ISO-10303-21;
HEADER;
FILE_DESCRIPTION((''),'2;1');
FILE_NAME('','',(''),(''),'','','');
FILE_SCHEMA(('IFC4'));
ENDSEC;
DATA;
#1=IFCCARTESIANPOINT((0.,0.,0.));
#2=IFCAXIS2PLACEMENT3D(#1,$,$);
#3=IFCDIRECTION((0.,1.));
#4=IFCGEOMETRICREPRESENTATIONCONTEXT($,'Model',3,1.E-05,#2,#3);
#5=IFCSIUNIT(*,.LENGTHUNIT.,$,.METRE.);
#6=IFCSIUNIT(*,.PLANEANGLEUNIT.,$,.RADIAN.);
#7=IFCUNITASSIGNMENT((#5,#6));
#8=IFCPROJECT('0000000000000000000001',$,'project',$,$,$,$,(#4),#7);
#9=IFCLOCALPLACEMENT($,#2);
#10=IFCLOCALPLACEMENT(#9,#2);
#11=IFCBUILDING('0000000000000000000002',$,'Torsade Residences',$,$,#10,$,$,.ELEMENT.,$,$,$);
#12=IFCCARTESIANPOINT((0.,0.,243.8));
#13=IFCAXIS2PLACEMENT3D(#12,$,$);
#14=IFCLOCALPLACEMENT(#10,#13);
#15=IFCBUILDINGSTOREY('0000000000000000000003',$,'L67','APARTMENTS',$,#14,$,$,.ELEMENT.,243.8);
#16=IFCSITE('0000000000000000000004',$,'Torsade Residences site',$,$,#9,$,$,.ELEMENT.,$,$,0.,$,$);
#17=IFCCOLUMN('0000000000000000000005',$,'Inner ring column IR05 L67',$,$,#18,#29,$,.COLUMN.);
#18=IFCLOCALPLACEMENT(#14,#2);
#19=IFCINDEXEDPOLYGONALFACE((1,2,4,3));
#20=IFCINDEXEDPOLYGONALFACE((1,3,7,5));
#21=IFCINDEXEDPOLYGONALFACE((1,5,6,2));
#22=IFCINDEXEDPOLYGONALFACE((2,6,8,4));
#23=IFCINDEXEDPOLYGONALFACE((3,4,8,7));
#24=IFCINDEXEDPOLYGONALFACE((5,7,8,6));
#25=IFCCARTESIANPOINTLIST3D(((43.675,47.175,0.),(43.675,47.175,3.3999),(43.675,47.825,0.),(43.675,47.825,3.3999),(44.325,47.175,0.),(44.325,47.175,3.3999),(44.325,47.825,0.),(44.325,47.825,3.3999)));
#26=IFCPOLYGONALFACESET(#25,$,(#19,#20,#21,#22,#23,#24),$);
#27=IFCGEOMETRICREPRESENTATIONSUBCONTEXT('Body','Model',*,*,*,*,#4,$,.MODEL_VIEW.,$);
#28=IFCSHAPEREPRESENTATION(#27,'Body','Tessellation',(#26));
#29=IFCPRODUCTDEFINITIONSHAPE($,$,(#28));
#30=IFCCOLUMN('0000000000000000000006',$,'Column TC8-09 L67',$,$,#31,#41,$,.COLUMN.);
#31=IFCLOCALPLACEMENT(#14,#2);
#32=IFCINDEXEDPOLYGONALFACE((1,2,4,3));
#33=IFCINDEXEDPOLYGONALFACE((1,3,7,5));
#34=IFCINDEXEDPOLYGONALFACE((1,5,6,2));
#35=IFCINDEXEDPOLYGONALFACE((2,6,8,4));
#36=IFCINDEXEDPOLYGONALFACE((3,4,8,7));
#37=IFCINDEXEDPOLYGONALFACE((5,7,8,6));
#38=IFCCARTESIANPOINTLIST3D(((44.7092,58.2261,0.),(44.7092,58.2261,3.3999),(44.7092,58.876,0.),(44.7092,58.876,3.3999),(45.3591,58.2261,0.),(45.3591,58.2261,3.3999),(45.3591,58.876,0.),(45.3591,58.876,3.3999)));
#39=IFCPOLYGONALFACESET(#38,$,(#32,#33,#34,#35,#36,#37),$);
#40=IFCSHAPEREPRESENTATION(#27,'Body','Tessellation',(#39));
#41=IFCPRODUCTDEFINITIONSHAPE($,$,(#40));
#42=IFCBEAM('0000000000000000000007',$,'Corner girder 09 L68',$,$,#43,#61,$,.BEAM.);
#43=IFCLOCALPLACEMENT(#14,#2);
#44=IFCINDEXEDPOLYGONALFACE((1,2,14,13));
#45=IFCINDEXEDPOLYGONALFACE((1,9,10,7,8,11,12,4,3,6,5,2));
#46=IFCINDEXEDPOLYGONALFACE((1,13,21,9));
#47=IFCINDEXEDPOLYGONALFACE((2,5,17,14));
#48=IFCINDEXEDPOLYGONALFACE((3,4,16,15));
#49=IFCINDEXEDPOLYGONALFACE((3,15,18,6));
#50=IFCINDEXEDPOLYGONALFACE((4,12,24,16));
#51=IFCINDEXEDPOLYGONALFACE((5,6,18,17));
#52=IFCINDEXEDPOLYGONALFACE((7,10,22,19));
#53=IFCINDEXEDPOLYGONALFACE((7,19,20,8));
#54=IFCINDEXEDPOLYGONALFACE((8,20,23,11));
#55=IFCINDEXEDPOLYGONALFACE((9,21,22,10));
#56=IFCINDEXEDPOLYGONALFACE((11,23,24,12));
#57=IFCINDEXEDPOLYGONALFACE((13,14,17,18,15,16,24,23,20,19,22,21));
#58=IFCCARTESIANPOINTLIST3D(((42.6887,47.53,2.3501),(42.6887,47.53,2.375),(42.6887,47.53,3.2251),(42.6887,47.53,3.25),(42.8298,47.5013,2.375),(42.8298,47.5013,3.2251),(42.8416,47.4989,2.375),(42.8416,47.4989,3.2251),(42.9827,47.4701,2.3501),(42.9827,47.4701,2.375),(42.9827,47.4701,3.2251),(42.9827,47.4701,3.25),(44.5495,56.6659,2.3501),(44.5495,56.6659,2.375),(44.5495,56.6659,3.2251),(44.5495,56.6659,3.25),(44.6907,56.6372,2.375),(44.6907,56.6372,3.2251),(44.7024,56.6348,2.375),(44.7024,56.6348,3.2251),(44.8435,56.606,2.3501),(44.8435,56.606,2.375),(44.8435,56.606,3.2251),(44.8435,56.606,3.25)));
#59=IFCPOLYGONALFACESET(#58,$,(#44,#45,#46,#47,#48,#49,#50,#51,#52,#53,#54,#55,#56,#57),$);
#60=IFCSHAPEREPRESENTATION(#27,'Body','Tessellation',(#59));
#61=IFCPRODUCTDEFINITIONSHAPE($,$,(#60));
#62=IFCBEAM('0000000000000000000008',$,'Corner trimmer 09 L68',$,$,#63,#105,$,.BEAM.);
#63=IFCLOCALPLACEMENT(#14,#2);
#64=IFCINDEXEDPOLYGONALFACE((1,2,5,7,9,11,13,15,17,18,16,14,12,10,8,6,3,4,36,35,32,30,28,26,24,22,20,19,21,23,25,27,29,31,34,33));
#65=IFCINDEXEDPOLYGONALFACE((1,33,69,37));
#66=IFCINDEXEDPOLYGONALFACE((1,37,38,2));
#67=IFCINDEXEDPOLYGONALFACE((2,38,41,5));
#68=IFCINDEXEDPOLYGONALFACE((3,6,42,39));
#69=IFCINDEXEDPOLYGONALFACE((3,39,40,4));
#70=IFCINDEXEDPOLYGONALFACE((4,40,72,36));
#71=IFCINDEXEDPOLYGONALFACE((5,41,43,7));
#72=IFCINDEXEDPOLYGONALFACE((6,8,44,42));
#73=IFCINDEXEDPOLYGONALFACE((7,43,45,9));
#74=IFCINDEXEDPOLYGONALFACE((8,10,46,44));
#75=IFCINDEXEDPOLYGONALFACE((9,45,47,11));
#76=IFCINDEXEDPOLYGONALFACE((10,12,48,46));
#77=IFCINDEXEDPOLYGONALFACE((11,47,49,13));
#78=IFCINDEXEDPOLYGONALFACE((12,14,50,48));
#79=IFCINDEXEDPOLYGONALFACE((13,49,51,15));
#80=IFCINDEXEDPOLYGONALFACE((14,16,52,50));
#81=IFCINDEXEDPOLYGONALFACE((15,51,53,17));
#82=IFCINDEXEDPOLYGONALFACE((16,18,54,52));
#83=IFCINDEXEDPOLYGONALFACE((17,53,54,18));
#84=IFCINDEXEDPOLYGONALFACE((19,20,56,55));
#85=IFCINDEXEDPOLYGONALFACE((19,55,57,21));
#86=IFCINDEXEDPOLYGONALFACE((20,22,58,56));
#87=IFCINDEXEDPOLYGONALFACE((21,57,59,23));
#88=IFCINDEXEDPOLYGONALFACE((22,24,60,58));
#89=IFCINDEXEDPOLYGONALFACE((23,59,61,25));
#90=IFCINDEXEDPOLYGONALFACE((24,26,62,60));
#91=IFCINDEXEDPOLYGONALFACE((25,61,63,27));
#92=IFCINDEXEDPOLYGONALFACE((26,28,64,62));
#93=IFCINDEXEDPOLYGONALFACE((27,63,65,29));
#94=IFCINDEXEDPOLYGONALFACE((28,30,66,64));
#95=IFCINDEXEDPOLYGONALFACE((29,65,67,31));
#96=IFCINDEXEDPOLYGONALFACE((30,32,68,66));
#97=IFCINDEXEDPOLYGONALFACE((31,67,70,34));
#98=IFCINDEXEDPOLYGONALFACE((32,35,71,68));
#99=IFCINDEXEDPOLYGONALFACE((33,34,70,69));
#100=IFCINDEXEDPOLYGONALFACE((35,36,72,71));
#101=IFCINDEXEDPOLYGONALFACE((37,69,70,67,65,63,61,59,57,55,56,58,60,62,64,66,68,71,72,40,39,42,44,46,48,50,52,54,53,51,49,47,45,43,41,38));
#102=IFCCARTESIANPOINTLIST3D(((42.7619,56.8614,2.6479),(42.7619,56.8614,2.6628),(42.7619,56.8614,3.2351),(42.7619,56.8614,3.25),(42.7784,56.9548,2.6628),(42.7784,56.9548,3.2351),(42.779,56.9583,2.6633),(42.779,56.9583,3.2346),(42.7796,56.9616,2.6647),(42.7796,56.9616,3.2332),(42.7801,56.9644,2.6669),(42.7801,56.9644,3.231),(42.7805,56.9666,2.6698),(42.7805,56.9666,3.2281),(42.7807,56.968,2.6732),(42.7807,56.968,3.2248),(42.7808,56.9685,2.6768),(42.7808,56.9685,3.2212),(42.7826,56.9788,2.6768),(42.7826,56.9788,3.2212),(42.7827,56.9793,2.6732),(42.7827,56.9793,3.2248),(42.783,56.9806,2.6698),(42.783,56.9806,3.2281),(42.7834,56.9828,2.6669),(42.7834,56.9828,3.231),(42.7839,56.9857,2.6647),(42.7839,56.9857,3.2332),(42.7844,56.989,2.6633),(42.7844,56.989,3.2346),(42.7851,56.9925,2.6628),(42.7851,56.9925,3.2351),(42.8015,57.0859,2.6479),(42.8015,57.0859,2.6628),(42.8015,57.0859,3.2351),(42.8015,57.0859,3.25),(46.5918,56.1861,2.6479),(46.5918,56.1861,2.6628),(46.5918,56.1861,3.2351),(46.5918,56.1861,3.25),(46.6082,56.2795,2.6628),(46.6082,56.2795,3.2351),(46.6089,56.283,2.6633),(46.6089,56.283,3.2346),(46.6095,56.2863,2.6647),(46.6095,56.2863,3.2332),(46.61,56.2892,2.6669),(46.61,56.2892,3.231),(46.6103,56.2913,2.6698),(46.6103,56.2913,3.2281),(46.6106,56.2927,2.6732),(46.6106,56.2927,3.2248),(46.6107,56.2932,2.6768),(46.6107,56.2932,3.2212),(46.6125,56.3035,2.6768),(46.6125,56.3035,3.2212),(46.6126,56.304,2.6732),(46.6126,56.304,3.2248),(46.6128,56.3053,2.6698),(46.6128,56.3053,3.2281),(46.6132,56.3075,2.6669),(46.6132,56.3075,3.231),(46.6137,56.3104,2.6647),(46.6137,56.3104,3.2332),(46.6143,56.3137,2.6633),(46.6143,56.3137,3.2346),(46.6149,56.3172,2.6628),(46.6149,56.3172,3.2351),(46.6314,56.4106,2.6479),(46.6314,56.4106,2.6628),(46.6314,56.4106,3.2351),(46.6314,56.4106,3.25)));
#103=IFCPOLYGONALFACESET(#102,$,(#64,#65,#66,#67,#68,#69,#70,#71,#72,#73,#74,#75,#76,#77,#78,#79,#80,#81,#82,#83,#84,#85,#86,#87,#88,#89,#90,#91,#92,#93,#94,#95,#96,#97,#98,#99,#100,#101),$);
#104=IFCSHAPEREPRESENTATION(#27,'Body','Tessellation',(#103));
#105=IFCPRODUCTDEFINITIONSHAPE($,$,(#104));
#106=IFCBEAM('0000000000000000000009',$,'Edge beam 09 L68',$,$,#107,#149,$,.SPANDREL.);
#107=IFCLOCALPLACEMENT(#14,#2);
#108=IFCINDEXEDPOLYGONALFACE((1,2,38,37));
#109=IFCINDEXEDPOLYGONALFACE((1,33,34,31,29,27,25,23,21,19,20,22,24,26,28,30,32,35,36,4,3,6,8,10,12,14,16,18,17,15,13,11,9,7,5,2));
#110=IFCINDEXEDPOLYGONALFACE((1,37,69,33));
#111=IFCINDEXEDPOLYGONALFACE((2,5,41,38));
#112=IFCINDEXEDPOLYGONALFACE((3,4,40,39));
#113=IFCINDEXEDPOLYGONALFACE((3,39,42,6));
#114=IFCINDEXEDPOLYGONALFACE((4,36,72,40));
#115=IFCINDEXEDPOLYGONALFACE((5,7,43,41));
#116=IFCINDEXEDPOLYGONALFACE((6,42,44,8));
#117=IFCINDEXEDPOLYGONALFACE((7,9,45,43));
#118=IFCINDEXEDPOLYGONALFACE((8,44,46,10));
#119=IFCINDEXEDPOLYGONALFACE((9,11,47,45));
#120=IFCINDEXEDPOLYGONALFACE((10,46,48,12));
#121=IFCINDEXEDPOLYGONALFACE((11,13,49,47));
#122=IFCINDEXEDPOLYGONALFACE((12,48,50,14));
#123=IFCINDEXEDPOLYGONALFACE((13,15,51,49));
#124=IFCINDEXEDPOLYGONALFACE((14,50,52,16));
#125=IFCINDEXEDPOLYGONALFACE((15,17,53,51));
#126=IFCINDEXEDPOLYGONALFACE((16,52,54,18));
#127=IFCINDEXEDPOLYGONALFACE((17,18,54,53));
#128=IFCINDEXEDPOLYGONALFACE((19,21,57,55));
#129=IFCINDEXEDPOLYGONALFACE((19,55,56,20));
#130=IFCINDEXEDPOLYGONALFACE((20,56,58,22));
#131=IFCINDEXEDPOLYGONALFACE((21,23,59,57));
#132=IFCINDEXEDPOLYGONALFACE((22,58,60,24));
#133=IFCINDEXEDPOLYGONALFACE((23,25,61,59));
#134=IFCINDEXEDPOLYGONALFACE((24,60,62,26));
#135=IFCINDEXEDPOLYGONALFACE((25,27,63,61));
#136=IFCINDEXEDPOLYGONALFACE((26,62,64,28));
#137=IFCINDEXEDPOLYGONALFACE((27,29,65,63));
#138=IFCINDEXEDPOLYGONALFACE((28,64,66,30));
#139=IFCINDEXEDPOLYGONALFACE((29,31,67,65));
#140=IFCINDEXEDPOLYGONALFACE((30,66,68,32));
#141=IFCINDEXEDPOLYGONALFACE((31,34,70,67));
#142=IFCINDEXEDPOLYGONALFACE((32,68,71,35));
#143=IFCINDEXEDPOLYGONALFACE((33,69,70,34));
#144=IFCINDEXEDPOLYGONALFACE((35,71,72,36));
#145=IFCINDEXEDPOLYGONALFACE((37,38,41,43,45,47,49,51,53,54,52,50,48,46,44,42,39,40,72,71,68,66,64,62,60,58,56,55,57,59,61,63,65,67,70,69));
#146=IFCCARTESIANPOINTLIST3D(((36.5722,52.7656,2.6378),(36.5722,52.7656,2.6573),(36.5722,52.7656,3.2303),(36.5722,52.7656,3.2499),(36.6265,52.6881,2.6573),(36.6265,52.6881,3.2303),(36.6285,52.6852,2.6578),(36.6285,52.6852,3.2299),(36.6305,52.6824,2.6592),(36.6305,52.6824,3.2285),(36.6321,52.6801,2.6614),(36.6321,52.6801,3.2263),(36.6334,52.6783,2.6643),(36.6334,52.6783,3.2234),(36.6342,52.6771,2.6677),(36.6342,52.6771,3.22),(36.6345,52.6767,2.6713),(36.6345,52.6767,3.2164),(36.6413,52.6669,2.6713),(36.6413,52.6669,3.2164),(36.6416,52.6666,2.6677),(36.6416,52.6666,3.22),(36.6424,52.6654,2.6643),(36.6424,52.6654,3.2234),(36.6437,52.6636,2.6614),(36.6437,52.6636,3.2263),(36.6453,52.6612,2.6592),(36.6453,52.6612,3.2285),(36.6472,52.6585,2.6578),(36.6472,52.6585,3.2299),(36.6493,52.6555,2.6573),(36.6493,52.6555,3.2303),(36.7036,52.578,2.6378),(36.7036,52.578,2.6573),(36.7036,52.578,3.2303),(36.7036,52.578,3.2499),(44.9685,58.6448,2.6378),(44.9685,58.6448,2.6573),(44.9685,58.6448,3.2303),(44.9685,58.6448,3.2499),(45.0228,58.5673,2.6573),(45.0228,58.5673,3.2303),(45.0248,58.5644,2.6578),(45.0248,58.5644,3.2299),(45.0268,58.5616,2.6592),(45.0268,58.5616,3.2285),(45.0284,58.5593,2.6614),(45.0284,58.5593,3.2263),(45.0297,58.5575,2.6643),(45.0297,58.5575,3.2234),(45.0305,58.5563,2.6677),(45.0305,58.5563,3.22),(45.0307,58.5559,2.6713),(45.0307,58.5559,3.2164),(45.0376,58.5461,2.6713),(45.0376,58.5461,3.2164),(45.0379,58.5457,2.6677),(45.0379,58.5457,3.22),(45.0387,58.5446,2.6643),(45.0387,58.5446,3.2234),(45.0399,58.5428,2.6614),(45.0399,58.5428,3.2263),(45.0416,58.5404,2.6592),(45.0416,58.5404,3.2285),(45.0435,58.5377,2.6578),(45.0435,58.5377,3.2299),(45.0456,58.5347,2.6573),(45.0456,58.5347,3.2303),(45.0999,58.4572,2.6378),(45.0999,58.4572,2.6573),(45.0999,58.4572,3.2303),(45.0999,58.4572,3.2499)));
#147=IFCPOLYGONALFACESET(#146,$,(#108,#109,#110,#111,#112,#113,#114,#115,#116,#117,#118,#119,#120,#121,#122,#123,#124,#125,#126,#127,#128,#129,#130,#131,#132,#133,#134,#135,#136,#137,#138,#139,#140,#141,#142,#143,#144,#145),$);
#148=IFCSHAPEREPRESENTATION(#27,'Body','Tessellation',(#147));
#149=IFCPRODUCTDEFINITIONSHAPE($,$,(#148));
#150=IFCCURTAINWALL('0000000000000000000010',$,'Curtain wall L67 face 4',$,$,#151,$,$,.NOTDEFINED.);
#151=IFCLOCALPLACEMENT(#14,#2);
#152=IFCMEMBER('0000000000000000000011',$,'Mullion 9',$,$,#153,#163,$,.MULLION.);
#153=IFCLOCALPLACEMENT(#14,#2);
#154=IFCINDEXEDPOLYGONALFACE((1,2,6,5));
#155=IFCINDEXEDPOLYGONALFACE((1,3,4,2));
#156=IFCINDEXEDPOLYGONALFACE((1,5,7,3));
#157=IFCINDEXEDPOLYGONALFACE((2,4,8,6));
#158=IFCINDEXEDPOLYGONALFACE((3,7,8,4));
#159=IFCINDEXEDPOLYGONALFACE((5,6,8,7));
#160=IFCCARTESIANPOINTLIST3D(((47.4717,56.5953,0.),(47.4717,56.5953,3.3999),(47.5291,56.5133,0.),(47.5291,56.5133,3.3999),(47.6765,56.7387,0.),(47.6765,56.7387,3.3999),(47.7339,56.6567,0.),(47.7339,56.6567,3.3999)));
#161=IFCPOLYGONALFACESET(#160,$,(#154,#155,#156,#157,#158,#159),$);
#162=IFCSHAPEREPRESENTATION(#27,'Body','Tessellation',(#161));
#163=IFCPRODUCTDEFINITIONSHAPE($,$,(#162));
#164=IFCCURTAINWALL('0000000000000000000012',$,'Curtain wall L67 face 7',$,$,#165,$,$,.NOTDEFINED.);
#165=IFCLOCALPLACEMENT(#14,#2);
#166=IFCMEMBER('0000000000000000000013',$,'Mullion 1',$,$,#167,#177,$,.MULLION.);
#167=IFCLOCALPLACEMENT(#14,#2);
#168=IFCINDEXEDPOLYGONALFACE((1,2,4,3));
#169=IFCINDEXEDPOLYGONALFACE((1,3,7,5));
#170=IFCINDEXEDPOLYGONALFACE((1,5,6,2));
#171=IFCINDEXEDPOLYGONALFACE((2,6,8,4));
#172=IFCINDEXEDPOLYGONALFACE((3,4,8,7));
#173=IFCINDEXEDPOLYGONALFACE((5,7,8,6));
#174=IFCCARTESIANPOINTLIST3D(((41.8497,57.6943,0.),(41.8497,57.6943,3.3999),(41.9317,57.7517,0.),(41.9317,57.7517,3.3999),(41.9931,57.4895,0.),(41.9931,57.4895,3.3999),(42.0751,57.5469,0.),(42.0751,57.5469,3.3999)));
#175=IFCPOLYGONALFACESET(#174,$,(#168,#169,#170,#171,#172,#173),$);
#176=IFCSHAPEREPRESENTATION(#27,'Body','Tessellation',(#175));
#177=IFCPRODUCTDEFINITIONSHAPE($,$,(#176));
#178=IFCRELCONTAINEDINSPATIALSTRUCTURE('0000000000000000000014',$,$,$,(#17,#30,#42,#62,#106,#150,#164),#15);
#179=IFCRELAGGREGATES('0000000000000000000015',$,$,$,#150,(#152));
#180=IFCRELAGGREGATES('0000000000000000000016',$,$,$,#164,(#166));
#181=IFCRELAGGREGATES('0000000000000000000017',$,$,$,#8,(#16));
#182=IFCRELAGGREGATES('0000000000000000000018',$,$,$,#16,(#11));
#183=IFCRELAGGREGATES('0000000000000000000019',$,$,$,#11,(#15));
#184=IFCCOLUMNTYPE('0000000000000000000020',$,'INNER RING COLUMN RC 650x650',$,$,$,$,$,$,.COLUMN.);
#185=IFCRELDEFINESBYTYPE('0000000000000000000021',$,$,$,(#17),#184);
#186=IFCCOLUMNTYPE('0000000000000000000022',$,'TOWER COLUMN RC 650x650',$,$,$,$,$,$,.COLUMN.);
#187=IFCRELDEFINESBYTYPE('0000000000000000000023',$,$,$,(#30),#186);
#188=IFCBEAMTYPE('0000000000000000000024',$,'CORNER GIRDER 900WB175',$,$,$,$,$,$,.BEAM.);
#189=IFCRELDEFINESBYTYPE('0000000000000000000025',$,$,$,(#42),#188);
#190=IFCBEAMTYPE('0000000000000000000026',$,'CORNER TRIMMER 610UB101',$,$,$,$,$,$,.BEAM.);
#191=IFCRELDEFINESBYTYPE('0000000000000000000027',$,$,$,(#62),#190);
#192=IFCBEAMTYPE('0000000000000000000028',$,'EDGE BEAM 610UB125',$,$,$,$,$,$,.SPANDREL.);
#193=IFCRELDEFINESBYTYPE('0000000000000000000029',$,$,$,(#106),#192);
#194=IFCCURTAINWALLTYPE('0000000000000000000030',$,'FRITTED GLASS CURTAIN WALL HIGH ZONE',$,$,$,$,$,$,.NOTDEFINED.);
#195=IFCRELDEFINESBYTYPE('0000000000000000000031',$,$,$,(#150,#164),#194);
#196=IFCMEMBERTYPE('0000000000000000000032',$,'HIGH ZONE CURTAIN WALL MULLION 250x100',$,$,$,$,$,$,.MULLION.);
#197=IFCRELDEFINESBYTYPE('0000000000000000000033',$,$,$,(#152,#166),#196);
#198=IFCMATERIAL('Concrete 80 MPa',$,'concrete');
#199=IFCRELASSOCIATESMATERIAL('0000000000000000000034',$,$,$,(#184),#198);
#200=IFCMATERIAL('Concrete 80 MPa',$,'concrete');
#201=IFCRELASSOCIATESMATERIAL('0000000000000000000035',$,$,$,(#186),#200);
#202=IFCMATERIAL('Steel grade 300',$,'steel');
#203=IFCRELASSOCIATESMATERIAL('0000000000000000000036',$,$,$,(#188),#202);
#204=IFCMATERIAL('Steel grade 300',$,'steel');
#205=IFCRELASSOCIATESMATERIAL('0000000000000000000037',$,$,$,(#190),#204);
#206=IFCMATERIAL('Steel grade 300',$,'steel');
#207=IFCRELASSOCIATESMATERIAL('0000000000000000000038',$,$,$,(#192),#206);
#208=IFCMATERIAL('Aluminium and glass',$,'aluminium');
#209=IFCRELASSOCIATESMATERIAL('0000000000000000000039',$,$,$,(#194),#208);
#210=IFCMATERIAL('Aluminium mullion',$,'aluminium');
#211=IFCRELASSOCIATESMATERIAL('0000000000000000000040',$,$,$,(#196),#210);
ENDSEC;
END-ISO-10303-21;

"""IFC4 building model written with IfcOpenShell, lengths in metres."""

from ifc_helpers import new_model, si_unit, direction, frame, origin, origin_2d, place, context, subcontext, project, spatial, rectangle, i_section, extrude, material, material_profile, profile_set, type_object, element, aggregate, save


model = new_model("IFC4")

# Units and contexts
model_context = context("Model", 3, precision=1e-05, world=origin(), true_north=direction((0.0, 1.0)))
body_context = subcontext(model_context, "Body", "Model", "MODEL_VIEW")
ifc_project = project(units=[si_unit("LENGTHUNIT", "METRE"), si_unit("PLANEANGLEUNIT", "RADIAN")], contexts=[model_context])

# Site, building, storey
site_placement = place(None, origin())
site = spatial("IfcSite", under=ifc_project, at=site_placement, Name="Torsade Residences site", CompositionType="ELEMENT", RefElevation=0.0)
building_placement = place(site_placement, origin())
building = spatial("IfcBuilding", under=site, at=building_placement, Name="Torsade Residences", CompositionType="ELEMENT")
storey_placement = place(building_placement, frame((0.0, 0.0, 243.8)))
storey = spatial("IfcBuildingStorey", under=building, at=storey_placement, Name="L67", Description="APARTMENTS", CompositionType="ELEMENT", Elevation=243.8)

# Columns
ifc_material_1 = material(Name="Concrete 80 MPa", Category="concrete")
ifc_material_profile_1 = material_profile(ifc_material_1, rectangle(XDim=0.6499, YDim=0.6499, at=origin_2d()), Name="RC 650x650")
ifc_profile_set_1 = profile_set([ifc_material_profile_1], Name="Concrete 80 MPa")
column_type_1 = type_object("IfcColumnType", Name="INNER RING COLUMN RC 650x650", PredefinedType="COLUMN", material=ifc_profile_set_1)
column_1_placement = place(storey_placement, frame((44.0, 47.5, 0.0), z_axis=(0.0, 0.0, 1.0), x_axis=(1.0, 0.0, 0.0)))
element("IfcColumn", 1, at=column_1_placement, inside=storey, type_object=column_type_1, Name="Inner ring column IR05 L67", PredefinedType="COLUMN", context=body_context, shape_type="SweptSolid", body=[
    extrude(rectangle(XDim=0.6499, YDim=0.6499, at=origin_2d()), origin(), (0.0, 0.0, 1.0), 3.3999),
])
ifc_material_2 = material(Name="Concrete 80 MPa", Category="concrete")
ifc_material_profile_2 = material_profile(ifc_material_2, rectangle(XDim=0.6499, YDim=0.6499, at=origin_2d()), Name="RC 650x650")
ifc_profile_set_2 = profile_set([ifc_material_profile_2], Name="Concrete 80 MPa")
column_type_2 = type_object("IfcColumnType", Name="TOWER COLUMN RC 650x650", PredefinedType="COLUMN", material=ifc_profile_set_2)
column_2_placement = place(storey_placement, frame((45.0342, 58.551, 0.0), z_axis=(0.0, 0.0, 1.0), x_axis=(1.0, 0.0, 0.0)))
element("IfcColumn", 2, at=column_2_placement, inside=storey, type_object=column_type_2, Name="Column TC8-09 L67", PredefinedType="COLUMN", context=body_context, shape_type="SweptSolid", body=[
    extrude(rectangle(XDim=0.6499, YDim=0.6499, at=origin_2d()), origin(), (0.0, 0.0, 1.0), 3.3999),
])

# Beams
ifc_material_3 = material(Name="Steel grade 300", Category="steel")
ifc_material_profile_3 = material_profile(ifc_material_3, i_section(OverallWidth=0.3, OverallDepth=0.8999, WebThickness=0.012, FlangeThickness=0.0249, at=origin_2d()), Name="900WB175")
ifc_profile_set_3 = profile_set([ifc_material_profile_3], Name="Steel grade 300")
beam_type_1 = type_object("IfcBeamType", Name="CORNER GIRDER 900WB175", PredefinedType="BEAM", material=ifc_profile_set_3)
beam_1_placement = place(storey_placement, frame((44.6965, 56.636, 2.8), z_axis=(-0.199584, -0.979881, 0.0), x_axis=(0.979881, -0.199584, 0.0)))
element("IfcBeam", 3, at=beam_1_placement, inside=storey, type_object=beam_type_1, Name="Corner girder 09 L68", PredefinedType="BEAM", context=body_context, shape_type="SweptSolid", body=[
    extrude(i_section(OverallWidth=0.3, OverallDepth=0.8999, WebThickness=0.012, FlangeThickness=0.0249, at=origin_2d()), origin(), (0.0, 0.0, 1.0), 9.3235),
])
ifc_material_4 = material(Name="Steel grade 300", Category="steel")
ifc_material_profile_4 = material_profile(ifc_material_4, i_section(OverallWidth=0.228, OverallDepth=0.6021, WebThickness=0.0105, FlangeThickness=0.0149, FilletRadius=0.0139, at=origin_2d()), Name="610UB101")
ifc_profile_set_4 = profile_set([ifc_material_profile_4], Name="Steel grade 300")
beam_type_2 = type_object("IfcBeamType", Name="CORNER TRIMMER 610UB101", PredefinedType="BEAM", material=ifc_profile_set_4)
beam_2_placement = place(storey_placement, frame((42.7817, 56.9736, 2.949), z_axis=(0.984808, -0.173646, 0.0), x_axis=(0.173646, 0.984808, 0.0)))
element("IfcBeam", 4, at=beam_2_placement, inside=storey, type_object=beam_type_2, Name="Corner trimmer 09 L68", PredefinedType="BEAM", context=body_context, shape_type="SweptSolid", body=[
    extrude(i_section(OverallWidth=0.228, OverallDepth=0.6021, WebThickness=0.0105, FlangeThickness=0.0149, FilletRadius=0.0139, at=origin_2d()), origin(), (0.0, 0.0, 1.0), 3.8889),
])
ifc_material_5 = material(Name="Steel grade 300", Category="steel")
ifc_material_profile_5 = material_profile(ifc_material_5, i_section(OverallWidth=0.229, OverallDepth=0.6121, WebThickness=0.012, FlangeThickness=0.0195, FilletRadius=0.0139, at=origin_2d()), Name="610UB125")
ifc_profile_set_5 = profile_set([ifc_material_profile_5], Name="Steel grade 300")
beam_type_3 = type_object("IfcBeamType", Name="EDGE BEAM 610UB125", PredefinedType="SPANDREL", material=ifc_profile_set_5)
beam_3_placement = place(storey_placement, frame((45.0342, 58.551, 2.9438), z_axis=(-0.81915, -0.573579, 0.0), x_axis=(0.573579, -0.81915, 0.0)))
element("IfcBeam", 5, at=beam_3_placement, inside=storey, type_object=beam_type_3, Name="Edge beam 09 L68", PredefinedType="SPANDREL", context=body_context, shape_type="SweptSolid", body=[
    extrude(i_section(OverallWidth=0.229, OverallDepth=0.6121, WebThickness=0.012, FlangeThickness=0.0195, FilletRadius=0.0139, at=origin_2d()), origin(), (0.0, 0.0, 1.0), 10.25),
])

# Curtain wall, member
ifc_material_6 = material(Name="Aluminium and glass", Category="aluminium")
curtain_wall_type = type_object("IfcCurtainWallType", Name="FRITTED GLASS CURTAIN WALL HIGH ZONE", PredefinedType="NOTDEFINED", material=ifc_material_6)
curtain_wall_1_placement = place(storey_placement, origin())
curtain_wall_1 = element("IfcCurtainWall", 6, at=curtain_wall_1_placement, inside=storey, type_object=curtain_wall_type, Name="Curtain wall L67 face 4", PredefinedType="NOTDEFINED")
ifc_material_7 = material(Name="Aluminium mullion", Category="aluminium")
ifc_material_profile_6 = material_profile(ifc_material_7, rectangle(XDim=0.25, YDim=0.1001, at=origin_2d()), Name="HIGH ZONE CURTAIN WALL MULLION 250x100")
ifc_profile_set_6 = profile_set([ifc_material_profile_6], Name="Aluminium mullion")
member_type_1 = type_object("IfcMemberType", Name="HIGH ZONE CURTAIN WALL MULLION 250x100", PredefinedType="MULLION", material=ifc_profile_set_6)
member_1_placement = place(storey_placement, frame((47.6028, 56.626, 0.0), z_axis=(0.0, 0.0, 1.0), x_axis=(-0.819152, -0.573576, 0.0)))
member_1 = element("IfcMember", 7, at=member_1_placement, type_object=member_type_1, Name="Mullion 9", PredefinedType="MULLION", context=body_context, shape_type="SweptSolid", body=[
    extrude(rectangle(XDim=0.25, YDim=0.1001, at=origin_2d()), origin(), (0.0, 0.0, 1.0), 3.3999),
])

# Curtain wall, member
curtain_wall_2_placement = place(storey_placement, origin())
curtain_wall_2 = element("IfcCurtainWall", 8, at=curtain_wall_2_placement, inside=storey, type_object=curtain_wall_type, Name="Curtain wall L67 face 7", PredefinedType="NOTDEFINED")
member_2_placement = place(storey_placement, frame((41.9624, 57.6206, 0.0), z_axis=(0.0, 0.0, 1.0), x_axis=(0.573576, -0.819152, 0.0)))
member_2 = element("IfcMember", 9, at=member_2_placement, type_object=member_type_1, Name="Mullion 1", PredefinedType="MULLION", context=body_context, shape_type="SweptSolid", body=[
    extrude(rectangle(XDim=0.25, YDim=0.1001, at=origin_2d()), origin(), (0.0, 0.0, 1.0), 3.3999),
])

aggregate(curtain_wall_1, [member_1])
aggregate(curtain_wall_2, [member_2])

save(model, "model.ifc")
